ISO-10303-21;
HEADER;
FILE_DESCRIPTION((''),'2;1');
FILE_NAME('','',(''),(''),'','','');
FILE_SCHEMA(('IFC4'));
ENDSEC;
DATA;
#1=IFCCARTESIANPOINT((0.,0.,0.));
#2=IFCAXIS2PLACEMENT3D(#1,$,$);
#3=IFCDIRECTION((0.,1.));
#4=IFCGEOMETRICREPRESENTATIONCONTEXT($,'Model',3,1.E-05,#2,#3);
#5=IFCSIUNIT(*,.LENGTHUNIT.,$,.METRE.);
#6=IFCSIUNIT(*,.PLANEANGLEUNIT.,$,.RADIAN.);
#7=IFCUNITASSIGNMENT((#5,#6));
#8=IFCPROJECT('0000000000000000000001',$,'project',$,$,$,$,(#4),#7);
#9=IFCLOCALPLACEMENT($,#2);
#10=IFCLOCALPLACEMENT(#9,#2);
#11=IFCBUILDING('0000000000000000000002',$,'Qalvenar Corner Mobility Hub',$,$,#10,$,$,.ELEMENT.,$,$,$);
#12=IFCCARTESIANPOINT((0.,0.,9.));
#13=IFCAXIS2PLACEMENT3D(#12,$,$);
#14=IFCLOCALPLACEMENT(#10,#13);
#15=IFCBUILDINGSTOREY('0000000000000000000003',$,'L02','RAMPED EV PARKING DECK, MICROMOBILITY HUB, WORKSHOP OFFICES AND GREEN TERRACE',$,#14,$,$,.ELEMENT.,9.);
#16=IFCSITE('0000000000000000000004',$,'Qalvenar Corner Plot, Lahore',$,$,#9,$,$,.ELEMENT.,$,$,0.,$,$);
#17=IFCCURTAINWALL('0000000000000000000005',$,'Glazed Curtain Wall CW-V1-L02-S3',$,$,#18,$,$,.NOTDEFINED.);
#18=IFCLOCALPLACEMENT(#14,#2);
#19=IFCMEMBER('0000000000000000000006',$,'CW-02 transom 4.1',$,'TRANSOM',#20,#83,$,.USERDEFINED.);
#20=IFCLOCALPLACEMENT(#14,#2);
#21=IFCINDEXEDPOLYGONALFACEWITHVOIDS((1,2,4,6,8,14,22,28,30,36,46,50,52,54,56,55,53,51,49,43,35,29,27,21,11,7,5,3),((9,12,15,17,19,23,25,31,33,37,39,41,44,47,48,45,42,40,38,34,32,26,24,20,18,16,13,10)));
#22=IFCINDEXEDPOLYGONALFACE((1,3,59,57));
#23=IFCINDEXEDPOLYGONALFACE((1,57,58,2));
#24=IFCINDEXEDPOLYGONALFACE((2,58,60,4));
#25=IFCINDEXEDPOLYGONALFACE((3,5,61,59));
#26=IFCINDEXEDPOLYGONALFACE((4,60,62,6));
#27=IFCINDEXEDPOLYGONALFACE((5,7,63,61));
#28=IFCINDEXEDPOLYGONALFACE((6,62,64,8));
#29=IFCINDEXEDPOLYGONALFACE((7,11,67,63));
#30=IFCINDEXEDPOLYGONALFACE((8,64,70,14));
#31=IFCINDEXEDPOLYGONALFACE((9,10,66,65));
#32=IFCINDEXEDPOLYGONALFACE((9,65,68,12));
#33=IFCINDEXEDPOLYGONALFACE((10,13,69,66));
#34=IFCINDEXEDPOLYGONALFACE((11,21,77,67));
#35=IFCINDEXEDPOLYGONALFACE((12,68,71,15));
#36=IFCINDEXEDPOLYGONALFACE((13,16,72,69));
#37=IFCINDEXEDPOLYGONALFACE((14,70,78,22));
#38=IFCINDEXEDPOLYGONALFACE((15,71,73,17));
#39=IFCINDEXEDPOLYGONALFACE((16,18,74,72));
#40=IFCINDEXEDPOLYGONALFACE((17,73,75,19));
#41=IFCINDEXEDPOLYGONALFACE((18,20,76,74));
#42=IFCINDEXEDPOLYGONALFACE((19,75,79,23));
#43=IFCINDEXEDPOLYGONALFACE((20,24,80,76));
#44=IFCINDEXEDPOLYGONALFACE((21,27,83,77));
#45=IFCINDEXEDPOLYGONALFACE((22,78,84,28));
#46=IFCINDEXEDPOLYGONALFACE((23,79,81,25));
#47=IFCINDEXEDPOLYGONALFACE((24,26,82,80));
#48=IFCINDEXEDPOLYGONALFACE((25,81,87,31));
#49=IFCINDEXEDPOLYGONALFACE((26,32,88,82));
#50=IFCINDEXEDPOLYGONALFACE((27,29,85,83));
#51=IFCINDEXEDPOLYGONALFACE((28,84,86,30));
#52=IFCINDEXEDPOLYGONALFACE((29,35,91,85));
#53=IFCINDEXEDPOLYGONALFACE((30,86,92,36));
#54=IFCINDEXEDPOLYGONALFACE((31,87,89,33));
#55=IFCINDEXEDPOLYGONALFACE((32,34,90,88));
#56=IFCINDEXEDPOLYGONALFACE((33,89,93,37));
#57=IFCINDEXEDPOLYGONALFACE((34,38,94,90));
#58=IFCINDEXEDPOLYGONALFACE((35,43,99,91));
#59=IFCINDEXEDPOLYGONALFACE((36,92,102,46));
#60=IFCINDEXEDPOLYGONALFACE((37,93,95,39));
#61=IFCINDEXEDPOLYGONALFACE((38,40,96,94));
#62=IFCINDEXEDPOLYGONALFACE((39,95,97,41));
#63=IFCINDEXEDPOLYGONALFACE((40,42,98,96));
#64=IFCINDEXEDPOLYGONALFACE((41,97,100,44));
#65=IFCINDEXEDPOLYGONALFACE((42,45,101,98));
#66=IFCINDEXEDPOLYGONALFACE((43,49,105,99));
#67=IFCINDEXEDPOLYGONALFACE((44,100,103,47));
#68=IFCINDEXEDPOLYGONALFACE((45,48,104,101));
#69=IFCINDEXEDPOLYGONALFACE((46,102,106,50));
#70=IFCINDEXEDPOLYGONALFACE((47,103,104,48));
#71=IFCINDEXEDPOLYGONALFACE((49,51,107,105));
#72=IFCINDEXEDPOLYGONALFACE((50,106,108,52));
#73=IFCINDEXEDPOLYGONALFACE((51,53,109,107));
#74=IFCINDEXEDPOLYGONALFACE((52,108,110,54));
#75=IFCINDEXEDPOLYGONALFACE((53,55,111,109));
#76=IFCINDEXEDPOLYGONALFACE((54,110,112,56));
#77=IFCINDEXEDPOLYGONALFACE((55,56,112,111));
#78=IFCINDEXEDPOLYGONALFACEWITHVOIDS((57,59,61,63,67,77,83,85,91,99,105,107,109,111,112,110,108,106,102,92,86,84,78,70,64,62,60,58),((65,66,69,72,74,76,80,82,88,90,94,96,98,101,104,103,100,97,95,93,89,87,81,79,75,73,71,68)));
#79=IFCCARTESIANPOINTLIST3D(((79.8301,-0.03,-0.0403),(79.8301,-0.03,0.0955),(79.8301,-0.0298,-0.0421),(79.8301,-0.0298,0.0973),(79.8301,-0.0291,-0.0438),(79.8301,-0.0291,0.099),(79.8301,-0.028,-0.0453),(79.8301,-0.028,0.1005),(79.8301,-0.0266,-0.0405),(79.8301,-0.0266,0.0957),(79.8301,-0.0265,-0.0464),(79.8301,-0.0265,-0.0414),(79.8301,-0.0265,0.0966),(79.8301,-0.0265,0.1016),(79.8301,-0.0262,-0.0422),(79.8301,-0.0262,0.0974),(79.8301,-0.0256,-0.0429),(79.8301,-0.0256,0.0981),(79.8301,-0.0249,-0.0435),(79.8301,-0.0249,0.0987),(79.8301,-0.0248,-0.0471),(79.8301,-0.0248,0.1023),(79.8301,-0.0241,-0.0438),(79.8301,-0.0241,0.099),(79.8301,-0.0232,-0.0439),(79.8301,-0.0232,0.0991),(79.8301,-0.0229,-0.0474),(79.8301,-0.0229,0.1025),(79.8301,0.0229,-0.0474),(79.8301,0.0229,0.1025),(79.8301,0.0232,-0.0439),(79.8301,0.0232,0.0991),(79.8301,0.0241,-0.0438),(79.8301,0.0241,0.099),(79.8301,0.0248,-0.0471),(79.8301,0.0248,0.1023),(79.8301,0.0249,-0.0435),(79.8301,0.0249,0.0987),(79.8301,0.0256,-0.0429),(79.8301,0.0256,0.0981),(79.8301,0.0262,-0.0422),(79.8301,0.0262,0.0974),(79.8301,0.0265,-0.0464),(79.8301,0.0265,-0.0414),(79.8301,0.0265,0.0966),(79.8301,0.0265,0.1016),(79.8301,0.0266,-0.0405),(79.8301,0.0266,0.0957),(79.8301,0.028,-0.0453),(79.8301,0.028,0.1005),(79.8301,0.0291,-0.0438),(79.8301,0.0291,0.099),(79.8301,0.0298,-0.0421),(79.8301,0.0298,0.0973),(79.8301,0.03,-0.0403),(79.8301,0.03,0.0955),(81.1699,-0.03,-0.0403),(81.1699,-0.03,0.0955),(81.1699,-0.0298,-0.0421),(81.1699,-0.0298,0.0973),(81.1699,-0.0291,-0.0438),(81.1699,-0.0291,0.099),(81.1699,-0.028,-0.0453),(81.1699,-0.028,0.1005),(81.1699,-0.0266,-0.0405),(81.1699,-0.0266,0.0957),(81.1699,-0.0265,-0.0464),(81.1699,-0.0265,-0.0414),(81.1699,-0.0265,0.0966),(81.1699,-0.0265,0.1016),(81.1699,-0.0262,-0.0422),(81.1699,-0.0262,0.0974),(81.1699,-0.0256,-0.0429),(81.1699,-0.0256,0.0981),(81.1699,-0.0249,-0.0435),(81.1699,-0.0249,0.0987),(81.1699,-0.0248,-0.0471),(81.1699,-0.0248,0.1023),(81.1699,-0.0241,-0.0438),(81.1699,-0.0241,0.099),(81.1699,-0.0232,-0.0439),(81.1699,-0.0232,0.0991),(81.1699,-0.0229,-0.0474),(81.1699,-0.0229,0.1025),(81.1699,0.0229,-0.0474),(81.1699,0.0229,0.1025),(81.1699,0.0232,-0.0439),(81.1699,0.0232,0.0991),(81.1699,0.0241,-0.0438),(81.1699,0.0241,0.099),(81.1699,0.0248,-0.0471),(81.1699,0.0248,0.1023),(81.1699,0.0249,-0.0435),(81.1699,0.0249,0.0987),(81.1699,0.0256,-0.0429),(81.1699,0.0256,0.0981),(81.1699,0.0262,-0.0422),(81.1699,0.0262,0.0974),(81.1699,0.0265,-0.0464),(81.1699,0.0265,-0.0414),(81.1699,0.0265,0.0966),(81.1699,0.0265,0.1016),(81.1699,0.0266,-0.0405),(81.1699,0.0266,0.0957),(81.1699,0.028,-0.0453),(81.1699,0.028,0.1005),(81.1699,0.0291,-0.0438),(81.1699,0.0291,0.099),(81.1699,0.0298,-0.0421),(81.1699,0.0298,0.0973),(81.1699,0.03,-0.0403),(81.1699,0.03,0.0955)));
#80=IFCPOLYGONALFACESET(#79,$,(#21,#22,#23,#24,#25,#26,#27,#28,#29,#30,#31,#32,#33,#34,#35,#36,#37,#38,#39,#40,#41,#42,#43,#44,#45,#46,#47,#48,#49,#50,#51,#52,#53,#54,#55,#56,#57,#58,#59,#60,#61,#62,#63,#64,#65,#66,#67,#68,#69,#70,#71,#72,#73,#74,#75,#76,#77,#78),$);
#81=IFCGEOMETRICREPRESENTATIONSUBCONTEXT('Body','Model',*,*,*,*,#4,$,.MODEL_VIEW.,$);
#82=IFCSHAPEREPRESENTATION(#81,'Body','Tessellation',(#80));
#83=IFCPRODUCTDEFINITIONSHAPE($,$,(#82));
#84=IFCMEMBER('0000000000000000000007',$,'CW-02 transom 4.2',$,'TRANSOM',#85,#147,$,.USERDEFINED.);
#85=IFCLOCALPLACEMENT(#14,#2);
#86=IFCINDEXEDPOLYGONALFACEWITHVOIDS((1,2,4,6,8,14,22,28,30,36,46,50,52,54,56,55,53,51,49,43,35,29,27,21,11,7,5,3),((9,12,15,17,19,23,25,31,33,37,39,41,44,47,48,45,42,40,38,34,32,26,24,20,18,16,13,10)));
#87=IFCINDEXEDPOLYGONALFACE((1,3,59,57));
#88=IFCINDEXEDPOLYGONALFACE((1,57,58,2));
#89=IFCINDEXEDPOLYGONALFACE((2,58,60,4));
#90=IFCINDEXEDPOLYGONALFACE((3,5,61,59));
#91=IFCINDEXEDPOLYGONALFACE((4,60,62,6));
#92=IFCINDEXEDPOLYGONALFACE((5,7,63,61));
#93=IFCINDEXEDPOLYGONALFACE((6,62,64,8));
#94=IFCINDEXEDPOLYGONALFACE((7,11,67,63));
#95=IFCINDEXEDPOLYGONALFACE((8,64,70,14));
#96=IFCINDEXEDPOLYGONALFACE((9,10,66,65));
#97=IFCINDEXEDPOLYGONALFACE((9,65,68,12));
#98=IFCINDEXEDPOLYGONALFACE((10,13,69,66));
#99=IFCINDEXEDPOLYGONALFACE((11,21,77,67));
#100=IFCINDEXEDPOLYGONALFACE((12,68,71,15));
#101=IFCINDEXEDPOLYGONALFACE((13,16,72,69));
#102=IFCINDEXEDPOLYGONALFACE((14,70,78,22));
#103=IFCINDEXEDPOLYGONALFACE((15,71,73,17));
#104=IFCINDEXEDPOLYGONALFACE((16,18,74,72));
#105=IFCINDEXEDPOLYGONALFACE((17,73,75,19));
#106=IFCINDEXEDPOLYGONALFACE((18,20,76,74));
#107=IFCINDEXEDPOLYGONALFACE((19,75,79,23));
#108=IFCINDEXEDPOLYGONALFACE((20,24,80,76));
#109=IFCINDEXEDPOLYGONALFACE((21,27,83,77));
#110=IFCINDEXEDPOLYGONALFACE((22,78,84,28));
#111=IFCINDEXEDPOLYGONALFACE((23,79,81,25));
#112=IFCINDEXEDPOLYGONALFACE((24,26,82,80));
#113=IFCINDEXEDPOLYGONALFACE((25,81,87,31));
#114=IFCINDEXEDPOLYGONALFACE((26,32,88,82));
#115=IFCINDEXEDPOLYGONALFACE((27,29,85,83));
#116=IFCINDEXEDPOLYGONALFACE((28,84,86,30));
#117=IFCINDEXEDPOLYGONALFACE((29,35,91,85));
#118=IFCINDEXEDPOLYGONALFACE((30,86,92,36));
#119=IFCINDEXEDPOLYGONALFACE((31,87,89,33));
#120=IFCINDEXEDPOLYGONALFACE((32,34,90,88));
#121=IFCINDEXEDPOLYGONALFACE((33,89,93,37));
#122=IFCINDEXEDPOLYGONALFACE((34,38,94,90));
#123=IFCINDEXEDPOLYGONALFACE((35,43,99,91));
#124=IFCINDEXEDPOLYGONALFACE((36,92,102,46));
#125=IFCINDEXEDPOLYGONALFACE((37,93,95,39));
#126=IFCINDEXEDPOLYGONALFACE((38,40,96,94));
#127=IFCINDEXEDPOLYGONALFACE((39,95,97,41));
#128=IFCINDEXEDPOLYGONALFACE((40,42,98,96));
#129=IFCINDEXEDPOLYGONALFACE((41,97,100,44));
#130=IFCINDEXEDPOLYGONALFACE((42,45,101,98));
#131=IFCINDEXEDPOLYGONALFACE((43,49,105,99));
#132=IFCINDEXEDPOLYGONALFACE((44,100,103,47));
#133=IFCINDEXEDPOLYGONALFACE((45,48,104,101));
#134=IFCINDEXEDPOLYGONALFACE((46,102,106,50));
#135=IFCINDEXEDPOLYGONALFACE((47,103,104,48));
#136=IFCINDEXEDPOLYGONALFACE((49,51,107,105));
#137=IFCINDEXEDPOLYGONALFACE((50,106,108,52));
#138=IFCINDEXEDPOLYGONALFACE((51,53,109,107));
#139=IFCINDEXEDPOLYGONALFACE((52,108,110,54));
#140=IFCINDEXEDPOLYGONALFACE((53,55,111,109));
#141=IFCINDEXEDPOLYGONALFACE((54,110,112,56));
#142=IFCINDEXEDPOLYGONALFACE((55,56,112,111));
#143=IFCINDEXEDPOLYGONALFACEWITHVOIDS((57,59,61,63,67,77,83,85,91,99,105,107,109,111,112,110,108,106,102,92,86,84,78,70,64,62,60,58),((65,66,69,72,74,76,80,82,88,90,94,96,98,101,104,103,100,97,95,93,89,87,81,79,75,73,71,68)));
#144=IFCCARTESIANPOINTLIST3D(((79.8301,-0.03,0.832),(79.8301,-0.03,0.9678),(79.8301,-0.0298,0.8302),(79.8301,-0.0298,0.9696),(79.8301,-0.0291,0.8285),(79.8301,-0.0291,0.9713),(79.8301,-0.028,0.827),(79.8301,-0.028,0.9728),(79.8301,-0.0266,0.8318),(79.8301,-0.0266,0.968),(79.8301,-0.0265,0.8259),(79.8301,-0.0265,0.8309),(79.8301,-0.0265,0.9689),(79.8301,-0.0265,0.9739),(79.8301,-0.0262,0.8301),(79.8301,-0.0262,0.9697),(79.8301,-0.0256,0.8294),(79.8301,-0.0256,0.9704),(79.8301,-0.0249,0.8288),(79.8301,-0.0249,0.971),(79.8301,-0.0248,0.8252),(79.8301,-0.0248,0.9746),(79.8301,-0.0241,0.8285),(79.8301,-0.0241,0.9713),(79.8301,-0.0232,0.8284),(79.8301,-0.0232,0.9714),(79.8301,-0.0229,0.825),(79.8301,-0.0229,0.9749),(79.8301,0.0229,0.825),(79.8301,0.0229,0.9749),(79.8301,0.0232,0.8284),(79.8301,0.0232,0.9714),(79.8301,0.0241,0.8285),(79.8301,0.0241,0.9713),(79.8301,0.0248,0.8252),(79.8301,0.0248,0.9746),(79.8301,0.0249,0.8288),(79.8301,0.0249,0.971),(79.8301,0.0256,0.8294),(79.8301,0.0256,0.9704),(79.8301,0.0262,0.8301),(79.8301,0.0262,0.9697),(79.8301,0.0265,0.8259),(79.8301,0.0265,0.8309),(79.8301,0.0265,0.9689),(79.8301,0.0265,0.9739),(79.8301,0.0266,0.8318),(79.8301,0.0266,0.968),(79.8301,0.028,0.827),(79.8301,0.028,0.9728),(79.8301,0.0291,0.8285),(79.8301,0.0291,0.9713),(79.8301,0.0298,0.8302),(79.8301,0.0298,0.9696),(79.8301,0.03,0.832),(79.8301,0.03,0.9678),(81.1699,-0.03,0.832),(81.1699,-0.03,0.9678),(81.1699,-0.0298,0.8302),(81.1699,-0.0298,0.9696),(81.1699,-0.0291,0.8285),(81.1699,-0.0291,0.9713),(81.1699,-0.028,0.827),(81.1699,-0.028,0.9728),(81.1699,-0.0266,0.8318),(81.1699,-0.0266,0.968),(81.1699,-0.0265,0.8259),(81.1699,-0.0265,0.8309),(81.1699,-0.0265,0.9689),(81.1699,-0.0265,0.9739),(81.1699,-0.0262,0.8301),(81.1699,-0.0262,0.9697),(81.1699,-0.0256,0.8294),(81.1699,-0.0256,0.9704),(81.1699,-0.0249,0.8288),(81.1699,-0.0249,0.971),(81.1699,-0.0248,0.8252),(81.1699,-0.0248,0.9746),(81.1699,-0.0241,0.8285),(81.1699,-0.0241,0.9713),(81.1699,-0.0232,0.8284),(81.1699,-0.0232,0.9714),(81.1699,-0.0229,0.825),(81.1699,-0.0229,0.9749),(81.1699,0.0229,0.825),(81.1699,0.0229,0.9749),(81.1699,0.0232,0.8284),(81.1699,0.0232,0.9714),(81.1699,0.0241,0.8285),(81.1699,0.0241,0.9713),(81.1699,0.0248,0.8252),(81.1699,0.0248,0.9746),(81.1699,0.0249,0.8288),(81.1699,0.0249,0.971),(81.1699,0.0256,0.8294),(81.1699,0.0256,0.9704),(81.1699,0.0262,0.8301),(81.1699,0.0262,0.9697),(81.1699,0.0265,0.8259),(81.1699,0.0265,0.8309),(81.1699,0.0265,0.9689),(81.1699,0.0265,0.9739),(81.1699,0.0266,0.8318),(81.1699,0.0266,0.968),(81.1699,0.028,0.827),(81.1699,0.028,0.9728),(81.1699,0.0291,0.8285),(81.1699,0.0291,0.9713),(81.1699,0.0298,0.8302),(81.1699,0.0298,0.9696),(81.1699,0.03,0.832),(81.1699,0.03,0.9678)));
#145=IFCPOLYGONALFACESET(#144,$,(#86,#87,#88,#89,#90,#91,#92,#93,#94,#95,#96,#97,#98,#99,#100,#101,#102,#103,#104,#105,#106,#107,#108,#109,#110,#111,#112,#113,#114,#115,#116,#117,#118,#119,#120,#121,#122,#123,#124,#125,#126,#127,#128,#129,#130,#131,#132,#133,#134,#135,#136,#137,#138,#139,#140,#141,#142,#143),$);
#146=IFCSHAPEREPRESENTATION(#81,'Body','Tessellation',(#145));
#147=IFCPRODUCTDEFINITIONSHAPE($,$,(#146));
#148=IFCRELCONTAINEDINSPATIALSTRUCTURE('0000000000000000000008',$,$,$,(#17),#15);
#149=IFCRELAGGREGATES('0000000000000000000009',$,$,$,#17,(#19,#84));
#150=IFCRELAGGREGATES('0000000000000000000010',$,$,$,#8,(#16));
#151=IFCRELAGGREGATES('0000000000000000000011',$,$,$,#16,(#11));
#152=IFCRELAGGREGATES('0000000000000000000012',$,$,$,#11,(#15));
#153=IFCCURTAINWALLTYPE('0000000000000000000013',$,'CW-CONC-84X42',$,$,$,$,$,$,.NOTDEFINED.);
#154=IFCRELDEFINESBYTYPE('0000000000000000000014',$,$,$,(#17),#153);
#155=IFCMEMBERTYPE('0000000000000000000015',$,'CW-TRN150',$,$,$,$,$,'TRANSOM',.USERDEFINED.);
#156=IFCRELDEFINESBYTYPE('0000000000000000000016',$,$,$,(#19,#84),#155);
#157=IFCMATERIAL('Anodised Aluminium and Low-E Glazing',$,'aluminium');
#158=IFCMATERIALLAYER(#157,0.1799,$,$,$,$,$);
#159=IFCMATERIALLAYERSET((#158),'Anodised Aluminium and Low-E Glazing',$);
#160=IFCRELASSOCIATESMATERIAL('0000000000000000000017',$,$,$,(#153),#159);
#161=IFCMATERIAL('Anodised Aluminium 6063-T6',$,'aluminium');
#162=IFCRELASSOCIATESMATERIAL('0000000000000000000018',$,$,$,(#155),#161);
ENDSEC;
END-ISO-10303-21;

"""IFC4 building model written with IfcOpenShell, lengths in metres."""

from ifc_helpers import new_model, si_unit, direction, frame, origin, origin_2d, place, context, subcontext, project, spatial, hollow_rectangle, extrude, material, layer, layer_set, material_profile, profile_set, type_object, element, aggregate, save


model = new_model("IFC4")

# Units and contexts
model_context = context("Model", 3, precision=1e-05, world=origin(), true_north=direction((0.0, 1.0)))
body_context = subcontext(model_context, "Body", "Model", "MODEL_VIEW")
ifc_project = project(units=[si_unit("LENGTHUNIT", "METRE"), si_unit("PLANEANGLEUNIT", "RADIAN")], contexts=[model_context])

# Site, building, storey
site_placement = place(None, origin())
site = spatial("IfcSite", under=ifc_project, at=site_placement, Name="Qalvenar Corner Plot, Lahore", CompositionType="ELEMENT", RefElevation=0.0)
building_placement = place(site_placement, origin())
building = spatial("IfcBuilding", under=site, at=building_placement, Name="Qalvenar Corner Mobility Hub", CompositionType="ELEMENT")
storey_placement = place(building_placement, frame((0.0, 0.0, 9.0)))
storey = spatial("IfcBuildingStorey", under=building, at=storey_placement, Name="L02", Description="RAMPED EV PARKING DECK, MICROMOBILITY HUB, WORKSHOP OFFICES AND GREEN TERRACE", CompositionType="ELEMENT", Elevation=9.0)

# Curtain wall, members
ifc_material_1 = material(Name="Anodised Aluminium and Low-E Glazing", Category="aluminium")
ifc_layer_1 = layer(ifc_material_1, 0.1799)
ifc_layer_set_1 = layer_set([ifc_layer_1], Name="Anodised Aluminium and Low-E Glazing")
curtain_wall_type = type_object("IfcCurtainWallType", Name="CW-CONC-84X42", PredefinedType="NOTDEFINED", material=ifc_layer_set_1)
curtain_wall_placement = place(storey_placement, origin())
curtain_wall = element("IfcCurtainWall", 1, at=curtain_wall_placement, inside=storey, type_object=curtain_wall_type, Name="Glazed Curtain Wall CW-V1-L02-S3", PredefinedType="NOTDEFINED")
ifc_material_2 = material(Name="Anodised Aluminium 6063-T6", Category="aluminium")
ifc_material_profile_1 = material_profile(ifc_material_2, hollow_rectangle(XDim=0.0601, YDim=0.1499, WallThickness=0.0034, InnerFilletRadius=0.0034, OuterFilletRadius=0.0071, at=origin_2d()), Name="RHS150x60x3.5")
ifc_profile_set_1 = profile_set([ifc_material_profile_1], Name="Anodised Aluminium 6063-T6")
member_type_1 = type_object("IfcMemberType", Name="CW-TRN150", ElementType="TRANSOM", PredefinedType="USERDEFINED", material=ifc_profile_set_1)
member_1_placement = place(storey_placement, frame((79.8301, 0.0, 0.0276), z_axis=(1.0, 0.0, 0.0), x_axis=(0.0, 1.0, 0.0)))
member_1 = element("IfcMember", 2, at=member_1_placement, type_object=member_type_1, Name="CW-02 transom 4.1", ObjectType="TRANSOM", PredefinedType="USERDEFINED", context=body_context, shape_type="SweptSolid", body=[
    extrude(hollow_rectangle(XDim=0.0601, YDim=0.1499, WallThickness=0.0034, InnerFilletRadius=0.0034, OuterFilletRadius=0.0071, at=origin_2d()), origin(), (0.0, 0.0, 1.0), 1.3398),
])
member_2_placement = place(storey_placement, frame((79.8301, 0.0, 0.8999), z_axis=(1.0, 0.0, 0.0), x_axis=(0.0, 1.0, 0.0)))
member_2 = element("IfcMember", 3, at=member_2_placement, type_object=member_type_1, Name="CW-02 transom 4.2", ObjectType="TRANSOM", PredefinedType="USERDEFINED", context=body_context, shape_type="SweptSolid", body=[
    extrude(hollow_rectangle(XDim=0.0601, YDim=0.1499, WallThickness=0.0034, InnerFilletRadius=0.0034, OuterFilletRadius=0.0071, at=origin_2d()), origin(), (0.0, 0.0, 1.0), 1.3398),
])
aggregate(curtain_wall, [member_1, member_2])

save(model, "model.ifc")
